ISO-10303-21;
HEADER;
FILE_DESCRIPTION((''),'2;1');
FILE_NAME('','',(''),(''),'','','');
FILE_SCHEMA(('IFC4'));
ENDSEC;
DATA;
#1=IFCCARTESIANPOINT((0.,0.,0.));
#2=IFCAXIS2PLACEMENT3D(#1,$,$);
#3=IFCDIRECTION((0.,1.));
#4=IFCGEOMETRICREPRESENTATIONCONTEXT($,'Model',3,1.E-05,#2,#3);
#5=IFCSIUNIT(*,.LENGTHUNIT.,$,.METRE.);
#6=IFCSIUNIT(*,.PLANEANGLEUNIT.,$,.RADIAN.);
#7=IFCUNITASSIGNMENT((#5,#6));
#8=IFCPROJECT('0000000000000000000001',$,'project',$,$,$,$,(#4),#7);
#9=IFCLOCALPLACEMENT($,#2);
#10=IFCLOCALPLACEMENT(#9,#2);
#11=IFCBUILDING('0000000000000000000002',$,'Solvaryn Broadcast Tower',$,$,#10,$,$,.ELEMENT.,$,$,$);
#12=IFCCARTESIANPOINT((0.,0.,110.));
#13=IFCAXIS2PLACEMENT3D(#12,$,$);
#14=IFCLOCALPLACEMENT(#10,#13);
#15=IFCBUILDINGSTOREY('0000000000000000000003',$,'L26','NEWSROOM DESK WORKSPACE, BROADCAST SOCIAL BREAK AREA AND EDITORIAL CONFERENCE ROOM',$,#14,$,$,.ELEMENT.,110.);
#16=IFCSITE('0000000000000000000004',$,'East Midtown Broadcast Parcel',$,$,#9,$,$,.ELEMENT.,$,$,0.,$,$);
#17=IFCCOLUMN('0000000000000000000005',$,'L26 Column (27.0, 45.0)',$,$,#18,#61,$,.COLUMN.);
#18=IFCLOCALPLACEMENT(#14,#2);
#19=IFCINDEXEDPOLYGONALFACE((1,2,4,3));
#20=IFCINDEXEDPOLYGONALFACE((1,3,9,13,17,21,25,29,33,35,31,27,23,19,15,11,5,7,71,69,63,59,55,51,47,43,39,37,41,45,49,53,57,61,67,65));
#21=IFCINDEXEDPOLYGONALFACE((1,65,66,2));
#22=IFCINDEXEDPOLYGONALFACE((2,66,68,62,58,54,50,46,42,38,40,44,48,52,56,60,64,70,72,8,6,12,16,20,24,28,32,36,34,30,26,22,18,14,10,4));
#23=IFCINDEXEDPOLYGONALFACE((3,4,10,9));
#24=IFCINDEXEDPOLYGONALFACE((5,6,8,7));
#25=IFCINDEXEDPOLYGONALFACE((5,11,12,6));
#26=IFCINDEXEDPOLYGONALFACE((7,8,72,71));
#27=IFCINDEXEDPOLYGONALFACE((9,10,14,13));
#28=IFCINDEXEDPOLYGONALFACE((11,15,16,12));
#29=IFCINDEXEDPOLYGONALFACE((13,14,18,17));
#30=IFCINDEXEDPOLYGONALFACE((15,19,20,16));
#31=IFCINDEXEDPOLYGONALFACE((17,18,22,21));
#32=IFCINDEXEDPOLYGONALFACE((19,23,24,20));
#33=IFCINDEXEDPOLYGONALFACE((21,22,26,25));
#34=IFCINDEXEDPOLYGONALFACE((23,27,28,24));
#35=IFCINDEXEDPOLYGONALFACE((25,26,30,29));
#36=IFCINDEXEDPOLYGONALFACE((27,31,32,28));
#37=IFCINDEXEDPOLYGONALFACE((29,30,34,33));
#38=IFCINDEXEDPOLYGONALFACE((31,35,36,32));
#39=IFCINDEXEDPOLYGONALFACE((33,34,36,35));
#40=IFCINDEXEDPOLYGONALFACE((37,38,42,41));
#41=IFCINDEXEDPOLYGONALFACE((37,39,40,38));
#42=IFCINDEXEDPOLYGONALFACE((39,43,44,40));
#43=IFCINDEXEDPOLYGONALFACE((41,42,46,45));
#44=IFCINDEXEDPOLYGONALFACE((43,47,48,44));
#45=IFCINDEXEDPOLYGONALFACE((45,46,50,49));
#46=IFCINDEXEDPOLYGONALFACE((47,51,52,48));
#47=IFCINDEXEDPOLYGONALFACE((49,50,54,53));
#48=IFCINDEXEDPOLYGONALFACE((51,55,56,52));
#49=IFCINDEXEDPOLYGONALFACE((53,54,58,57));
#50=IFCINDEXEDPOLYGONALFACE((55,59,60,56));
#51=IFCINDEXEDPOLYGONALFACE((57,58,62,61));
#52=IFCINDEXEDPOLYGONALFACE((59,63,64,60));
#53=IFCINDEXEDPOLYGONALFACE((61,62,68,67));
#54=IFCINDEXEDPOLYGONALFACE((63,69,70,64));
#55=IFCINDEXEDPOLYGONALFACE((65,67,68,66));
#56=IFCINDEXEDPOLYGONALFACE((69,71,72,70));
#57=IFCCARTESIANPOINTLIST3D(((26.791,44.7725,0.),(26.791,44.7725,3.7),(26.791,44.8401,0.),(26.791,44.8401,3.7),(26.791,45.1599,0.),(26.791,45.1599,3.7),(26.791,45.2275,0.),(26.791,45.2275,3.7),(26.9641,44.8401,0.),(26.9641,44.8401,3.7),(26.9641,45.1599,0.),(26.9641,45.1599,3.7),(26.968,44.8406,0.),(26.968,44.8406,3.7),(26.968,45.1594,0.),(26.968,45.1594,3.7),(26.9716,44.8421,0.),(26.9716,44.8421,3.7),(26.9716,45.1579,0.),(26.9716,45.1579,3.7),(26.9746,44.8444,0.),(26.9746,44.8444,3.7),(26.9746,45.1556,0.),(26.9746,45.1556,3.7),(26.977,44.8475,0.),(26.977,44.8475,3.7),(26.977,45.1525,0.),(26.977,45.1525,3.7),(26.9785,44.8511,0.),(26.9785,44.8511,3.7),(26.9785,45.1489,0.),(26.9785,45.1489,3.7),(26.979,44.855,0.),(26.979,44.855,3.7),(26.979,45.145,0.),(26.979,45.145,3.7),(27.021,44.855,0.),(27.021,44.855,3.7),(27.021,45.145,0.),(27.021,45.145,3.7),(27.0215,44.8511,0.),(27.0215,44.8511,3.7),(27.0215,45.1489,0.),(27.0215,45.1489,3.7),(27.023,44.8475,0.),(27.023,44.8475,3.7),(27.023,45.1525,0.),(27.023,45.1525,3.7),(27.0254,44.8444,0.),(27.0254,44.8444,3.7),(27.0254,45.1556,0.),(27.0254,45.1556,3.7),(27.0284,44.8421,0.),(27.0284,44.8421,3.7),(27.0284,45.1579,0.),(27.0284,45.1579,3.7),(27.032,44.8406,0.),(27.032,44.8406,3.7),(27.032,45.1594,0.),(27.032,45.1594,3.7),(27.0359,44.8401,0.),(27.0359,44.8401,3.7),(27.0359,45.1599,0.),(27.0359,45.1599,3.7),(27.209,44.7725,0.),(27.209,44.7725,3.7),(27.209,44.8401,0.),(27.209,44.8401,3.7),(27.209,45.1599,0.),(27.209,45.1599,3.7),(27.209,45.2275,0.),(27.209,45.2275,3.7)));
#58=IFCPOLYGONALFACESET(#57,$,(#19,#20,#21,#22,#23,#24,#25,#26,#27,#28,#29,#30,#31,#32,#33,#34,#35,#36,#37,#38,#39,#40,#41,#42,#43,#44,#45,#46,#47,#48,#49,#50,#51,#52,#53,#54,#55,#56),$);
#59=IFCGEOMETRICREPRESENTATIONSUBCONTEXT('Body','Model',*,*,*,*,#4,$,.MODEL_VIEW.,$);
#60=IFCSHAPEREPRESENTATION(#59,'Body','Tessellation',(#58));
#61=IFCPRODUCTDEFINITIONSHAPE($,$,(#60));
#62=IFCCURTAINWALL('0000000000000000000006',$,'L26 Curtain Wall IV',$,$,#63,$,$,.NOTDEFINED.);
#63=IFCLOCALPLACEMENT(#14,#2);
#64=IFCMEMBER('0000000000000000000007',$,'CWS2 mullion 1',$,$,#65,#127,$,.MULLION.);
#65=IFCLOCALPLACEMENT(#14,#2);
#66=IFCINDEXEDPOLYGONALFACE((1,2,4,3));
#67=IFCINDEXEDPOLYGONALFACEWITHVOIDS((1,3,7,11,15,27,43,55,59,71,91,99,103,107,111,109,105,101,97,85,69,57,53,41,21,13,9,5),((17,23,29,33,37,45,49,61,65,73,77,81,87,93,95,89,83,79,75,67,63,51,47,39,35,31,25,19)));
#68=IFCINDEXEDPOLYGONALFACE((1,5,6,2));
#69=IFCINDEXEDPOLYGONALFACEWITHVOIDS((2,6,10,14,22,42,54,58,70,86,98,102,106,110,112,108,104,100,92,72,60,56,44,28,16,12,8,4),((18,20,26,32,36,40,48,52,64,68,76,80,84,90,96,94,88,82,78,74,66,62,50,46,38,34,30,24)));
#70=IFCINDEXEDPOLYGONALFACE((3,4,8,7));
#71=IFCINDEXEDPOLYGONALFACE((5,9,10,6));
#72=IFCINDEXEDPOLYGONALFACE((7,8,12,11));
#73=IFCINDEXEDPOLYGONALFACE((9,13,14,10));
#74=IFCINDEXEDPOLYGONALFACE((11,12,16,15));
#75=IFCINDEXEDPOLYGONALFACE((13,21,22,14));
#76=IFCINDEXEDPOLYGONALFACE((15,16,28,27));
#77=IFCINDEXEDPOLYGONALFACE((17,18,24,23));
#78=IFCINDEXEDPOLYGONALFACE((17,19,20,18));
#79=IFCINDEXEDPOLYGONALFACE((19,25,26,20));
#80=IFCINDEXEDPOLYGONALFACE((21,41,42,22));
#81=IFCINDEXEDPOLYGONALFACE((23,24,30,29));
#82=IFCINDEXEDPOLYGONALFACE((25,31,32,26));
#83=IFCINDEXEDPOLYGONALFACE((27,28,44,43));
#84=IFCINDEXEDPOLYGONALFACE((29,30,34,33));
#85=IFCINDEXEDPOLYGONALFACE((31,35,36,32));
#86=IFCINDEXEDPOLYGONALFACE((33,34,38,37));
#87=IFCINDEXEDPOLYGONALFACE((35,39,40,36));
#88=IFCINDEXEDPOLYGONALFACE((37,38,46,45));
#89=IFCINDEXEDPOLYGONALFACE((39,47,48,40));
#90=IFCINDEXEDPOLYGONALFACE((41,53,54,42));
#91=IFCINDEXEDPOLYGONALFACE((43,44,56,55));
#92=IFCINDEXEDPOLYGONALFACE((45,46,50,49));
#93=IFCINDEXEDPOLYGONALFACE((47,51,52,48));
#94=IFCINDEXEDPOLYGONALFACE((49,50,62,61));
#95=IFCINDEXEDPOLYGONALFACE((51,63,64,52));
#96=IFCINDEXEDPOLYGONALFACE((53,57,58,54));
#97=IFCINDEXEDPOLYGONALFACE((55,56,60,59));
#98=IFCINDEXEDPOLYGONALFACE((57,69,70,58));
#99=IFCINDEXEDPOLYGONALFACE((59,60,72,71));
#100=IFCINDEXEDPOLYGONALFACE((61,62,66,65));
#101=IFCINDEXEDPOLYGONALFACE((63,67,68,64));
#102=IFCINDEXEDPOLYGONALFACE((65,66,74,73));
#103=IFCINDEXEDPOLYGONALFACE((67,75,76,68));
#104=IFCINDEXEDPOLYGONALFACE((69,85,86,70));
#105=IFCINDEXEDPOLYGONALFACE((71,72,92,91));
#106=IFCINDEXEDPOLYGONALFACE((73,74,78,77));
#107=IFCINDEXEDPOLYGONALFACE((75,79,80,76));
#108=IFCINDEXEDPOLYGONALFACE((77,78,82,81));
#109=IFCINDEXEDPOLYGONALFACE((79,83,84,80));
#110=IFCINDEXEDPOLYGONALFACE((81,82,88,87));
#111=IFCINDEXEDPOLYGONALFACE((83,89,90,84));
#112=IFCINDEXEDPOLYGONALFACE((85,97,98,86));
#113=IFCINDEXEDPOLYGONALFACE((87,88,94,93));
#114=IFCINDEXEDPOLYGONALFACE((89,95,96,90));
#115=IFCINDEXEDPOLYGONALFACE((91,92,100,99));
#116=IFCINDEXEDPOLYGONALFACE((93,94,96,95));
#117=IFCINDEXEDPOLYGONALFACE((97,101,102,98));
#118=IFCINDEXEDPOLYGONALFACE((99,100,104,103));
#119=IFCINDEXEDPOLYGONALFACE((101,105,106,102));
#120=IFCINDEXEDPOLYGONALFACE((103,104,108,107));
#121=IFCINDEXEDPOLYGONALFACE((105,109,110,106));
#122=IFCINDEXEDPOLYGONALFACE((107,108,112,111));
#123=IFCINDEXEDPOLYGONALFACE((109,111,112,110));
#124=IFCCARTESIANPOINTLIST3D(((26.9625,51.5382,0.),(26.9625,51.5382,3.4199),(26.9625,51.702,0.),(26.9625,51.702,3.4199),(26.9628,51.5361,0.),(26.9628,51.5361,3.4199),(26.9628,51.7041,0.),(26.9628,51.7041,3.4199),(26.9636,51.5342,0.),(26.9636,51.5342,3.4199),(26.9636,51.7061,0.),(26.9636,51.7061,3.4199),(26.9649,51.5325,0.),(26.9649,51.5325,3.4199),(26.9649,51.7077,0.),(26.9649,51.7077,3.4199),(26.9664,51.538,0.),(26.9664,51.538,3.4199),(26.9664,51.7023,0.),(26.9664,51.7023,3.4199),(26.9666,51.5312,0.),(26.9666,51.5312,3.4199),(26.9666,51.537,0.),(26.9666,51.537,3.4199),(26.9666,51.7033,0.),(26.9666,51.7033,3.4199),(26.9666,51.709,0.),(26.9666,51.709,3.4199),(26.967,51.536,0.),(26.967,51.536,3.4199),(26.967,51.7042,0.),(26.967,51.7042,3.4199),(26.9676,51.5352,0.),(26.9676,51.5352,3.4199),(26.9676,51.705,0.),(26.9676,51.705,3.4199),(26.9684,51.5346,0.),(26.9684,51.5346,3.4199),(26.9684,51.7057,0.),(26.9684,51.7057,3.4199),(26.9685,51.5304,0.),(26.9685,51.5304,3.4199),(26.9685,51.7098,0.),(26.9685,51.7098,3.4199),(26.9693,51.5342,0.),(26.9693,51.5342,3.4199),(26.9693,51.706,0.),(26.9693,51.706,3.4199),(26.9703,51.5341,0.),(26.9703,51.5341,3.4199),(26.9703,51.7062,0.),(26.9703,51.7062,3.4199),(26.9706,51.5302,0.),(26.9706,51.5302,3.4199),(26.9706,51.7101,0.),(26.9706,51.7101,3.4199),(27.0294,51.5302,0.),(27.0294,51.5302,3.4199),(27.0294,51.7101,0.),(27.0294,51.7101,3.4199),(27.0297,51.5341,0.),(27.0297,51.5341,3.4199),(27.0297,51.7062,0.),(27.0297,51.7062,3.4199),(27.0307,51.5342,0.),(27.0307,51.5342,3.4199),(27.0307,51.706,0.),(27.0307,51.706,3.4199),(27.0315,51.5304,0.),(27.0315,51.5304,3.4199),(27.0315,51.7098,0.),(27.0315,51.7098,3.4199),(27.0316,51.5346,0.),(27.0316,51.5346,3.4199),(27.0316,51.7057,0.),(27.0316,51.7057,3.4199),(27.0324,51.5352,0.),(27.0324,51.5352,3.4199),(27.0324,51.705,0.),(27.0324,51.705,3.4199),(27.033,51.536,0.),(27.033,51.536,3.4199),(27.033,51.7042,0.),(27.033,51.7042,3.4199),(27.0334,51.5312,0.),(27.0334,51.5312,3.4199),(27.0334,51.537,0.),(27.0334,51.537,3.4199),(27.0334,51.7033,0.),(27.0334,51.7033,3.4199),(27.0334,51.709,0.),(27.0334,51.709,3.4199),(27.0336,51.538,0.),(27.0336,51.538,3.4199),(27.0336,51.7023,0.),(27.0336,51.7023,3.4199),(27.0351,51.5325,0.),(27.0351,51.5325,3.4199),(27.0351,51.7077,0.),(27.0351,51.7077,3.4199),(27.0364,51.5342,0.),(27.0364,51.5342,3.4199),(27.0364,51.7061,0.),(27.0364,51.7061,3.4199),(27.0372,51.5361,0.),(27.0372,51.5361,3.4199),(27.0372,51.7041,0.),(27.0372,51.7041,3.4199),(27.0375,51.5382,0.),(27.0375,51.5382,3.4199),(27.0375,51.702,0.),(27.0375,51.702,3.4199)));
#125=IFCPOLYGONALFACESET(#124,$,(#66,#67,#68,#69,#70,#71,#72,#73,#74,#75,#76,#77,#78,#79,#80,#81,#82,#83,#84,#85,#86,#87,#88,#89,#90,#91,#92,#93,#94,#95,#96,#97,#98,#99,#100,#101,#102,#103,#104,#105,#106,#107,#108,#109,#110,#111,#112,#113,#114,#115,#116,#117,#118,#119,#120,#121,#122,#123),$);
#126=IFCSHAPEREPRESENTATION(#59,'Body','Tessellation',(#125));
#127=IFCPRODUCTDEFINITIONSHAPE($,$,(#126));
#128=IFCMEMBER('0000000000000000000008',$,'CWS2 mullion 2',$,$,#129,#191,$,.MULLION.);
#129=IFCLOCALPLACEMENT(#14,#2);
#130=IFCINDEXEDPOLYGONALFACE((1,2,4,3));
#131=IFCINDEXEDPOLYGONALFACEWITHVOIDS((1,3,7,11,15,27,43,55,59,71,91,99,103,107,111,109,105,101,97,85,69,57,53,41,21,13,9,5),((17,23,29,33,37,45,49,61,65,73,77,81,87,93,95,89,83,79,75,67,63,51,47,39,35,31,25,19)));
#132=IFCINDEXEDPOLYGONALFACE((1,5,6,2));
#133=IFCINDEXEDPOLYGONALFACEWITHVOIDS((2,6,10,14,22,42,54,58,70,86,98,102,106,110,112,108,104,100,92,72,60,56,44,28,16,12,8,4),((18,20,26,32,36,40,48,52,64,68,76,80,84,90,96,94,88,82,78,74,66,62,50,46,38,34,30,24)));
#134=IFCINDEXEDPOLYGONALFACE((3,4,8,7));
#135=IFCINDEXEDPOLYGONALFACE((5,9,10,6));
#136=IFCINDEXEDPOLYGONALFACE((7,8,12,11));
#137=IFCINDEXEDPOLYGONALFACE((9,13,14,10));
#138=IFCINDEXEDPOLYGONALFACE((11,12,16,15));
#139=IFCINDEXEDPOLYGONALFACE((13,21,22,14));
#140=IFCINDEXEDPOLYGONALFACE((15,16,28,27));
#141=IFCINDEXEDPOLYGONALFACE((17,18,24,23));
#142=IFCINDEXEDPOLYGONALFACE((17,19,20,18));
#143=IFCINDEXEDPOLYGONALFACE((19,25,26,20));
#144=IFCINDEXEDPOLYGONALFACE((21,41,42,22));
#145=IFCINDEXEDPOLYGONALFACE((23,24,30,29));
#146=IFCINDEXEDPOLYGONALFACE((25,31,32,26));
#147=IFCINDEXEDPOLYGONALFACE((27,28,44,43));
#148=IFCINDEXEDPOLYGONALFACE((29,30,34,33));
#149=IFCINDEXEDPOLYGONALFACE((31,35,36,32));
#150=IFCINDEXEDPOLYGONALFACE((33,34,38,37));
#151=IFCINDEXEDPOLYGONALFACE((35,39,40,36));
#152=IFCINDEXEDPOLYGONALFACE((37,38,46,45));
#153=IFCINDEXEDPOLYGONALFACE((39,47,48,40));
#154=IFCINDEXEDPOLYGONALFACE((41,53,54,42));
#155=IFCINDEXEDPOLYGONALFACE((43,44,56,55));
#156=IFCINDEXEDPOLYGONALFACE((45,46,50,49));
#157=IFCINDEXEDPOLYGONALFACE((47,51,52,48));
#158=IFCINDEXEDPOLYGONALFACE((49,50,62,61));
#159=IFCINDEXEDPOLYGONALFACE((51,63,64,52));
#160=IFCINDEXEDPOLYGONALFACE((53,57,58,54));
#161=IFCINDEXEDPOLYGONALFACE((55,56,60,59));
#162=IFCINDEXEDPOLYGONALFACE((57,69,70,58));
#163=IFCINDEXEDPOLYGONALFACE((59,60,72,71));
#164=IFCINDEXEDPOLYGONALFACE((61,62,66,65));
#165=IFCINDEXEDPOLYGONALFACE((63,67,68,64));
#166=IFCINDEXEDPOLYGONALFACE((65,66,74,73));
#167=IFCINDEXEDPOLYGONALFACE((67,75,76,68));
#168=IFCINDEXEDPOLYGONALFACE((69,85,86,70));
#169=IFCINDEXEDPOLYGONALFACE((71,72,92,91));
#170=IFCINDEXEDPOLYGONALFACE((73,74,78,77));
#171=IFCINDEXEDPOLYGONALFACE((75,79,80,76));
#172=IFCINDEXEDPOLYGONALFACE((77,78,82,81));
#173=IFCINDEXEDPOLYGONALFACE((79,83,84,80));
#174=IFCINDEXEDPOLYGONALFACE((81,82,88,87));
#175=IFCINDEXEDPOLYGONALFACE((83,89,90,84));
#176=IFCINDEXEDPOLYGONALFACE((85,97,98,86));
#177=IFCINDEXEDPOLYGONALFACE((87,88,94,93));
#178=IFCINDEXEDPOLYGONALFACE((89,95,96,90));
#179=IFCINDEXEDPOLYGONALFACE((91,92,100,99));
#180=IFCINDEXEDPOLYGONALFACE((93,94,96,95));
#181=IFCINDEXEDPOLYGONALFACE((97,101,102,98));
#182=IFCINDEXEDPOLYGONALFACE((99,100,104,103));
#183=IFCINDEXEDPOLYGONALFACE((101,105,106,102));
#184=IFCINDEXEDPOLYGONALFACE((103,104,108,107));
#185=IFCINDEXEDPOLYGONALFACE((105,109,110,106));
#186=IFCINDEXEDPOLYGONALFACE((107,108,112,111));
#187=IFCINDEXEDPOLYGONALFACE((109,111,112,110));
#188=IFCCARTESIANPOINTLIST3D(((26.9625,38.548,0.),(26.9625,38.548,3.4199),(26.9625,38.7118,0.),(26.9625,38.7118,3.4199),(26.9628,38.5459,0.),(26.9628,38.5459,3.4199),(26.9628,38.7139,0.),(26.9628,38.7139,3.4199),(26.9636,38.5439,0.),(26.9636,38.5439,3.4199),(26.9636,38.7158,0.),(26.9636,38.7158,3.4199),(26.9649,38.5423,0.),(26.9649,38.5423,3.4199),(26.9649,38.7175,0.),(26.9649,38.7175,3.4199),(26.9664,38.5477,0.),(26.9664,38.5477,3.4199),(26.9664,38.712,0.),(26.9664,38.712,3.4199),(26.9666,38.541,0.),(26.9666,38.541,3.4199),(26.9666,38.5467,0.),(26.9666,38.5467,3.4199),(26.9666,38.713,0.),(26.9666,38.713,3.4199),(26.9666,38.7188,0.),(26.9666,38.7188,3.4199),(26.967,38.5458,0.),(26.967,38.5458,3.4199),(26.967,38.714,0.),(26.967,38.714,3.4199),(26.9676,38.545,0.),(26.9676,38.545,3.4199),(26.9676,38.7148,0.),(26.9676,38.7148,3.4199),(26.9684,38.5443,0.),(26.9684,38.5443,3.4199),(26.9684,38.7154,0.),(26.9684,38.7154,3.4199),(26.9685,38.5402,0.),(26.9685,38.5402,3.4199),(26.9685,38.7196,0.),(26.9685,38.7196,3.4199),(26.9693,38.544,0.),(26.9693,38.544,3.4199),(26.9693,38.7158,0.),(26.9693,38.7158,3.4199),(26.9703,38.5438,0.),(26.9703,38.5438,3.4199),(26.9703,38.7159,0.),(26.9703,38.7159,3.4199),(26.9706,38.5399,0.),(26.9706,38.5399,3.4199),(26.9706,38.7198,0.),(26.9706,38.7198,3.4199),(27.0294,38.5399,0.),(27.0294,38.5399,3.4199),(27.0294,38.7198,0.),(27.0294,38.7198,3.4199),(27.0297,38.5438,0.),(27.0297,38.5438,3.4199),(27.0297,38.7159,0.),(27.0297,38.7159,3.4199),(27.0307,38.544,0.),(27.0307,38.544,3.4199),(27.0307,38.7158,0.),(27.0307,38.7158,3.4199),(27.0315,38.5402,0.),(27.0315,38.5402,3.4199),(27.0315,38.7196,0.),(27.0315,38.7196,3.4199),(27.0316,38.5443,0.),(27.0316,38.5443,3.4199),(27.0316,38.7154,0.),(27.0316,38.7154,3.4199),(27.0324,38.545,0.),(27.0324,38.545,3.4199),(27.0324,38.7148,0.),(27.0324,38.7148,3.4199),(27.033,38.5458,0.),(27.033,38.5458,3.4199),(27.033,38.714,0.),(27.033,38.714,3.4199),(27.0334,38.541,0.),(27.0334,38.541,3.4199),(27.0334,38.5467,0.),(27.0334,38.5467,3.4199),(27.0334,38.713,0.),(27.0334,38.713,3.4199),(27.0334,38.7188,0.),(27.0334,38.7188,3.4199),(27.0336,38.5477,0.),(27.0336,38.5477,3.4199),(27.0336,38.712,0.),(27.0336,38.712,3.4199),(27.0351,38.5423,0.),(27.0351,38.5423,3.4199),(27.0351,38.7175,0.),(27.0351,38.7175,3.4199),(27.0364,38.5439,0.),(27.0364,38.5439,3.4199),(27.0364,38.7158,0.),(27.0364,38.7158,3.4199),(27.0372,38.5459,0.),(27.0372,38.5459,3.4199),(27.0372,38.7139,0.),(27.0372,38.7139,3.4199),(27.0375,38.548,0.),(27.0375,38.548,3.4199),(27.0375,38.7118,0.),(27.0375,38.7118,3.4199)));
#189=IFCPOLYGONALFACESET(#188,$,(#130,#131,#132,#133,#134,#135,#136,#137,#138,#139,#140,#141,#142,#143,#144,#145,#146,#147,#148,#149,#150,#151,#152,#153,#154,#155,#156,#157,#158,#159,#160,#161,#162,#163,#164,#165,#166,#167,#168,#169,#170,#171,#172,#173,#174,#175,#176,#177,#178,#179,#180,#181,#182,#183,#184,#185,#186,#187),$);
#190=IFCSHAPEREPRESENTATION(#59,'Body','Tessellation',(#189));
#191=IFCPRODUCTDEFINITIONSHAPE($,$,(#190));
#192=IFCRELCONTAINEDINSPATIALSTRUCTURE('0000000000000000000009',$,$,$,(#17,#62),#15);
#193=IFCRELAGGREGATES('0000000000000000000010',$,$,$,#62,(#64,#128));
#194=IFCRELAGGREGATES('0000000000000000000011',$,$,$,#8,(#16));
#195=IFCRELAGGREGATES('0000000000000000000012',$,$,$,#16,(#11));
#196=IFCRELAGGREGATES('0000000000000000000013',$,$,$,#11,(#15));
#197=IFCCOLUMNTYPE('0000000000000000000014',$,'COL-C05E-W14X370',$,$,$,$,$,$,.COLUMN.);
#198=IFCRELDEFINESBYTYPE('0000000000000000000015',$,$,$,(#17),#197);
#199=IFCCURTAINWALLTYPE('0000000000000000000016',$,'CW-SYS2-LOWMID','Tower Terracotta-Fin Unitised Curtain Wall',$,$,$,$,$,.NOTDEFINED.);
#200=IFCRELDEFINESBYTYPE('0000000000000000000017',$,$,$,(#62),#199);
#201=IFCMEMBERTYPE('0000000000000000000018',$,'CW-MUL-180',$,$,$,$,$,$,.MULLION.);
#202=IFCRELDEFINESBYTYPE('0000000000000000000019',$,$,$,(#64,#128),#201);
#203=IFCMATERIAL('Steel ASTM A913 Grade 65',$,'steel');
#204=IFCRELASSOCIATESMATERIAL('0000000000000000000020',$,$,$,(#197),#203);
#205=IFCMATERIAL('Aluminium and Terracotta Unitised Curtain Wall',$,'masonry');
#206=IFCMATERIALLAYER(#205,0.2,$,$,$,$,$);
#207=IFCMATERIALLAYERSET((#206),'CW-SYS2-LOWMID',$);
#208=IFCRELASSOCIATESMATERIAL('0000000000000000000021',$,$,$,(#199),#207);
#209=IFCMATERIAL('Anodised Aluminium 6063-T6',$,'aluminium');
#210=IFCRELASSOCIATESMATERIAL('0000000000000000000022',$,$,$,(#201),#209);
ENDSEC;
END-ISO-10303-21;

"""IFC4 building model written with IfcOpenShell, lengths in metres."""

from ifc_helpers import new_model, si_unit, direction, frame, origin, origin_2d, place, context, subcontext, project, spatial, hollow_rectangle, i_section, extrude, material, layer, layer_set, material_profile, profile_set, type_object, element, aggregate, save


model = new_model("IFC4")

# Units and contexts
model_context = context("Model", 3, precision=1e-05, world=origin(), true_north=direction((0.0, 1.0)))
body_context = subcontext(model_context, "Body", "Model", "MODEL_VIEW")
ifc_project = project(units=[si_unit("LENGTHUNIT", "METRE"), si_unit("PLANEANGLEUNIT", "RADIAN")], contexts=[model_context])

# Site, building, storey
site_placement = place(None, origin())
site = spatial("IfcSite", under=ifc_project, at=site_placement, Name="East Midtown Broadcast Parcel", CompositionType="ELEMENT", RefElevation=0.0)
building_placement = place(site_placement, origin())
building = spatial("IfcBuilding", under=site, at=building_placement, Name="Solvaryn Broadcast Tower", CompositionType="ELEMENT")
storey_placement = place(building_placement, frame((0.0, 0.0, 110.0)))
storey = spatial("IfcBuildingStorey", under=building, at=storey_placement, Name="L26", Description="NEWSROOM DESK WORKSPACE, BROADCAST SOCIAL BREAK AREA AND EDITORIAL CONFERENCE ROOM", CompositionType="ELEMENT", Elevation=110.0)

# Column
ifc_material_1 = material(Name="Steel ASTM A913 Grade 65", Category="steel")
ifc_material_profile_1 = material_profile(ifc_material_1, i_section(OverallWidth=0.418, OverallDepth=0.4551, WebThickness=0.042, FlangeThickness=0.0676, FilletRadius=0.0149, at=origin_2d()))
ifc_profile_set_1 = profile_set([ifc_material_profile_1], Name="Steel ASTM A913 Grade 65")
column_type = type_object("IfcColumnType", Name="COL-C05E-W14X370", PredefinedType="COLUMN", material=ifc_profile_set_1)
column_placement = place(storey_placement, frame((27.0, 45.0, 0.0), z_axis=(0.0, 0.0, 1.0), x_axis=(1.0, 0.0, 0.0)))
element("IfcColumn", 1, at=column_placement, inside=storey, type_object=column_type, Name="L26 Column (27.0, 45.0)", PredefinedType="COLUMN", context=body_context, shape_type="SweptSolid", body=[
    extrude(i_section(OverallWidth=0.418, OverallDepth=0.4551, WebThickness=0.042, FlangeThickness=0.0676, FilletRadius=0.0149, at=origin_2d()), origin(), (0.0, 0.0, 1.0), 3.7),
])

# Curtain wall, members
ifc_material_2 = material(Name="Aluminium and Terracotta Unitised Curtain Wall", Category="masonry")
ifc_layer_1 = layer(ifc_material_2, 0.2)
ifc_layer_set_1 = layer_set([ifc_layer_1], Name="CW-SYS2-LOWMID")
curtain_wall_type = type_object("IfcCurtainWallType", Name="CW-SYS2-LOWMID", Description="Tower Terracotta-Fin Unitised Curtain Wall", PredefinedType="NOTDEFINED", material=ifc_layer_set_1)
curtain_wall_1_placement = place(storey_placement, origin())
curtain_wall_1 = element("IfcCurtainWall", 2, at=curtain_wall_1_placement, inside=storey, type_object=curtain_wall_type, Name="L26 Curtain Wall IV", PredefinedType="NOTDEFINED")
ifc_material_3 = material(Name="Anodised Aluminium 6063-T6", Category="aluminium")
ifc_material_profile_2 = material_profile(ifc_material_3, hollow_rectangle(XDim=0.075, YDim=0.1799, WallThickness=0.0039, InnerFilletRadius=0.0039, OuterFilletRadius=0.0081, at=origin_2d()))
ifc_profile_set_2 = profile_set([ifc_material_profile_2], Name="Anodised Aluminium 6063-T6")
member_type_1 = type_object("IfcMemberType", Name="CW-MUL-180", PredefinedType="MULLION", material=ifc_profile_set_2)
member_1_placement = place(storey_placement, frame((27.0, 51.6201, 0.0), z_axis=(0.0, 0.0, 1.0), x_axis=(1.0, 0.0, 0.0)))
member_1 = element("IfcMember", 3, at=member_1_placement, type_object=member_type_1, Name="CWS2 mullion 1", PredefinedType="MULLION", context=body_context, shape_type="SweptSolid", body=[
    extrude(hollow_rectangle(XDim=0.075, YDim=0.1799, WallThickness=0.0039, InnerFilletRadius=0.0039, OuterFilletRadius=0.0081, at=origin_2d()), origin(), (0.0, 0.0, 1.0), 3.4199),
])
member_2_placement = place(storey_placement, frame((27.0, 38.6299, 0.0), z_axis=(0.0, 0.0, 1.0), x_axis=(1.0, 0.0, 0.0)))
member_2 = element("IfcMember", 4, at=member_2_placement, type_object=member_type_1, Name="CWS2 mullion 2", PredefinedType="MULLION", context=body_context, shape_type="SweptSolid", body=[
    extrude(hollow_rectangle(XDim=0.075, YDim=0.1799, WallThickness=0.0039, InnerFilletRadius=0.0039, OuterFilletRadius=0.0081, at=origin_2d()), origin(), (0.0, 0.0, 1.0), 3.4199),
])

aggregate(curtain_wall_1, [member_1, member_2])

save(model, "model.ifc")
